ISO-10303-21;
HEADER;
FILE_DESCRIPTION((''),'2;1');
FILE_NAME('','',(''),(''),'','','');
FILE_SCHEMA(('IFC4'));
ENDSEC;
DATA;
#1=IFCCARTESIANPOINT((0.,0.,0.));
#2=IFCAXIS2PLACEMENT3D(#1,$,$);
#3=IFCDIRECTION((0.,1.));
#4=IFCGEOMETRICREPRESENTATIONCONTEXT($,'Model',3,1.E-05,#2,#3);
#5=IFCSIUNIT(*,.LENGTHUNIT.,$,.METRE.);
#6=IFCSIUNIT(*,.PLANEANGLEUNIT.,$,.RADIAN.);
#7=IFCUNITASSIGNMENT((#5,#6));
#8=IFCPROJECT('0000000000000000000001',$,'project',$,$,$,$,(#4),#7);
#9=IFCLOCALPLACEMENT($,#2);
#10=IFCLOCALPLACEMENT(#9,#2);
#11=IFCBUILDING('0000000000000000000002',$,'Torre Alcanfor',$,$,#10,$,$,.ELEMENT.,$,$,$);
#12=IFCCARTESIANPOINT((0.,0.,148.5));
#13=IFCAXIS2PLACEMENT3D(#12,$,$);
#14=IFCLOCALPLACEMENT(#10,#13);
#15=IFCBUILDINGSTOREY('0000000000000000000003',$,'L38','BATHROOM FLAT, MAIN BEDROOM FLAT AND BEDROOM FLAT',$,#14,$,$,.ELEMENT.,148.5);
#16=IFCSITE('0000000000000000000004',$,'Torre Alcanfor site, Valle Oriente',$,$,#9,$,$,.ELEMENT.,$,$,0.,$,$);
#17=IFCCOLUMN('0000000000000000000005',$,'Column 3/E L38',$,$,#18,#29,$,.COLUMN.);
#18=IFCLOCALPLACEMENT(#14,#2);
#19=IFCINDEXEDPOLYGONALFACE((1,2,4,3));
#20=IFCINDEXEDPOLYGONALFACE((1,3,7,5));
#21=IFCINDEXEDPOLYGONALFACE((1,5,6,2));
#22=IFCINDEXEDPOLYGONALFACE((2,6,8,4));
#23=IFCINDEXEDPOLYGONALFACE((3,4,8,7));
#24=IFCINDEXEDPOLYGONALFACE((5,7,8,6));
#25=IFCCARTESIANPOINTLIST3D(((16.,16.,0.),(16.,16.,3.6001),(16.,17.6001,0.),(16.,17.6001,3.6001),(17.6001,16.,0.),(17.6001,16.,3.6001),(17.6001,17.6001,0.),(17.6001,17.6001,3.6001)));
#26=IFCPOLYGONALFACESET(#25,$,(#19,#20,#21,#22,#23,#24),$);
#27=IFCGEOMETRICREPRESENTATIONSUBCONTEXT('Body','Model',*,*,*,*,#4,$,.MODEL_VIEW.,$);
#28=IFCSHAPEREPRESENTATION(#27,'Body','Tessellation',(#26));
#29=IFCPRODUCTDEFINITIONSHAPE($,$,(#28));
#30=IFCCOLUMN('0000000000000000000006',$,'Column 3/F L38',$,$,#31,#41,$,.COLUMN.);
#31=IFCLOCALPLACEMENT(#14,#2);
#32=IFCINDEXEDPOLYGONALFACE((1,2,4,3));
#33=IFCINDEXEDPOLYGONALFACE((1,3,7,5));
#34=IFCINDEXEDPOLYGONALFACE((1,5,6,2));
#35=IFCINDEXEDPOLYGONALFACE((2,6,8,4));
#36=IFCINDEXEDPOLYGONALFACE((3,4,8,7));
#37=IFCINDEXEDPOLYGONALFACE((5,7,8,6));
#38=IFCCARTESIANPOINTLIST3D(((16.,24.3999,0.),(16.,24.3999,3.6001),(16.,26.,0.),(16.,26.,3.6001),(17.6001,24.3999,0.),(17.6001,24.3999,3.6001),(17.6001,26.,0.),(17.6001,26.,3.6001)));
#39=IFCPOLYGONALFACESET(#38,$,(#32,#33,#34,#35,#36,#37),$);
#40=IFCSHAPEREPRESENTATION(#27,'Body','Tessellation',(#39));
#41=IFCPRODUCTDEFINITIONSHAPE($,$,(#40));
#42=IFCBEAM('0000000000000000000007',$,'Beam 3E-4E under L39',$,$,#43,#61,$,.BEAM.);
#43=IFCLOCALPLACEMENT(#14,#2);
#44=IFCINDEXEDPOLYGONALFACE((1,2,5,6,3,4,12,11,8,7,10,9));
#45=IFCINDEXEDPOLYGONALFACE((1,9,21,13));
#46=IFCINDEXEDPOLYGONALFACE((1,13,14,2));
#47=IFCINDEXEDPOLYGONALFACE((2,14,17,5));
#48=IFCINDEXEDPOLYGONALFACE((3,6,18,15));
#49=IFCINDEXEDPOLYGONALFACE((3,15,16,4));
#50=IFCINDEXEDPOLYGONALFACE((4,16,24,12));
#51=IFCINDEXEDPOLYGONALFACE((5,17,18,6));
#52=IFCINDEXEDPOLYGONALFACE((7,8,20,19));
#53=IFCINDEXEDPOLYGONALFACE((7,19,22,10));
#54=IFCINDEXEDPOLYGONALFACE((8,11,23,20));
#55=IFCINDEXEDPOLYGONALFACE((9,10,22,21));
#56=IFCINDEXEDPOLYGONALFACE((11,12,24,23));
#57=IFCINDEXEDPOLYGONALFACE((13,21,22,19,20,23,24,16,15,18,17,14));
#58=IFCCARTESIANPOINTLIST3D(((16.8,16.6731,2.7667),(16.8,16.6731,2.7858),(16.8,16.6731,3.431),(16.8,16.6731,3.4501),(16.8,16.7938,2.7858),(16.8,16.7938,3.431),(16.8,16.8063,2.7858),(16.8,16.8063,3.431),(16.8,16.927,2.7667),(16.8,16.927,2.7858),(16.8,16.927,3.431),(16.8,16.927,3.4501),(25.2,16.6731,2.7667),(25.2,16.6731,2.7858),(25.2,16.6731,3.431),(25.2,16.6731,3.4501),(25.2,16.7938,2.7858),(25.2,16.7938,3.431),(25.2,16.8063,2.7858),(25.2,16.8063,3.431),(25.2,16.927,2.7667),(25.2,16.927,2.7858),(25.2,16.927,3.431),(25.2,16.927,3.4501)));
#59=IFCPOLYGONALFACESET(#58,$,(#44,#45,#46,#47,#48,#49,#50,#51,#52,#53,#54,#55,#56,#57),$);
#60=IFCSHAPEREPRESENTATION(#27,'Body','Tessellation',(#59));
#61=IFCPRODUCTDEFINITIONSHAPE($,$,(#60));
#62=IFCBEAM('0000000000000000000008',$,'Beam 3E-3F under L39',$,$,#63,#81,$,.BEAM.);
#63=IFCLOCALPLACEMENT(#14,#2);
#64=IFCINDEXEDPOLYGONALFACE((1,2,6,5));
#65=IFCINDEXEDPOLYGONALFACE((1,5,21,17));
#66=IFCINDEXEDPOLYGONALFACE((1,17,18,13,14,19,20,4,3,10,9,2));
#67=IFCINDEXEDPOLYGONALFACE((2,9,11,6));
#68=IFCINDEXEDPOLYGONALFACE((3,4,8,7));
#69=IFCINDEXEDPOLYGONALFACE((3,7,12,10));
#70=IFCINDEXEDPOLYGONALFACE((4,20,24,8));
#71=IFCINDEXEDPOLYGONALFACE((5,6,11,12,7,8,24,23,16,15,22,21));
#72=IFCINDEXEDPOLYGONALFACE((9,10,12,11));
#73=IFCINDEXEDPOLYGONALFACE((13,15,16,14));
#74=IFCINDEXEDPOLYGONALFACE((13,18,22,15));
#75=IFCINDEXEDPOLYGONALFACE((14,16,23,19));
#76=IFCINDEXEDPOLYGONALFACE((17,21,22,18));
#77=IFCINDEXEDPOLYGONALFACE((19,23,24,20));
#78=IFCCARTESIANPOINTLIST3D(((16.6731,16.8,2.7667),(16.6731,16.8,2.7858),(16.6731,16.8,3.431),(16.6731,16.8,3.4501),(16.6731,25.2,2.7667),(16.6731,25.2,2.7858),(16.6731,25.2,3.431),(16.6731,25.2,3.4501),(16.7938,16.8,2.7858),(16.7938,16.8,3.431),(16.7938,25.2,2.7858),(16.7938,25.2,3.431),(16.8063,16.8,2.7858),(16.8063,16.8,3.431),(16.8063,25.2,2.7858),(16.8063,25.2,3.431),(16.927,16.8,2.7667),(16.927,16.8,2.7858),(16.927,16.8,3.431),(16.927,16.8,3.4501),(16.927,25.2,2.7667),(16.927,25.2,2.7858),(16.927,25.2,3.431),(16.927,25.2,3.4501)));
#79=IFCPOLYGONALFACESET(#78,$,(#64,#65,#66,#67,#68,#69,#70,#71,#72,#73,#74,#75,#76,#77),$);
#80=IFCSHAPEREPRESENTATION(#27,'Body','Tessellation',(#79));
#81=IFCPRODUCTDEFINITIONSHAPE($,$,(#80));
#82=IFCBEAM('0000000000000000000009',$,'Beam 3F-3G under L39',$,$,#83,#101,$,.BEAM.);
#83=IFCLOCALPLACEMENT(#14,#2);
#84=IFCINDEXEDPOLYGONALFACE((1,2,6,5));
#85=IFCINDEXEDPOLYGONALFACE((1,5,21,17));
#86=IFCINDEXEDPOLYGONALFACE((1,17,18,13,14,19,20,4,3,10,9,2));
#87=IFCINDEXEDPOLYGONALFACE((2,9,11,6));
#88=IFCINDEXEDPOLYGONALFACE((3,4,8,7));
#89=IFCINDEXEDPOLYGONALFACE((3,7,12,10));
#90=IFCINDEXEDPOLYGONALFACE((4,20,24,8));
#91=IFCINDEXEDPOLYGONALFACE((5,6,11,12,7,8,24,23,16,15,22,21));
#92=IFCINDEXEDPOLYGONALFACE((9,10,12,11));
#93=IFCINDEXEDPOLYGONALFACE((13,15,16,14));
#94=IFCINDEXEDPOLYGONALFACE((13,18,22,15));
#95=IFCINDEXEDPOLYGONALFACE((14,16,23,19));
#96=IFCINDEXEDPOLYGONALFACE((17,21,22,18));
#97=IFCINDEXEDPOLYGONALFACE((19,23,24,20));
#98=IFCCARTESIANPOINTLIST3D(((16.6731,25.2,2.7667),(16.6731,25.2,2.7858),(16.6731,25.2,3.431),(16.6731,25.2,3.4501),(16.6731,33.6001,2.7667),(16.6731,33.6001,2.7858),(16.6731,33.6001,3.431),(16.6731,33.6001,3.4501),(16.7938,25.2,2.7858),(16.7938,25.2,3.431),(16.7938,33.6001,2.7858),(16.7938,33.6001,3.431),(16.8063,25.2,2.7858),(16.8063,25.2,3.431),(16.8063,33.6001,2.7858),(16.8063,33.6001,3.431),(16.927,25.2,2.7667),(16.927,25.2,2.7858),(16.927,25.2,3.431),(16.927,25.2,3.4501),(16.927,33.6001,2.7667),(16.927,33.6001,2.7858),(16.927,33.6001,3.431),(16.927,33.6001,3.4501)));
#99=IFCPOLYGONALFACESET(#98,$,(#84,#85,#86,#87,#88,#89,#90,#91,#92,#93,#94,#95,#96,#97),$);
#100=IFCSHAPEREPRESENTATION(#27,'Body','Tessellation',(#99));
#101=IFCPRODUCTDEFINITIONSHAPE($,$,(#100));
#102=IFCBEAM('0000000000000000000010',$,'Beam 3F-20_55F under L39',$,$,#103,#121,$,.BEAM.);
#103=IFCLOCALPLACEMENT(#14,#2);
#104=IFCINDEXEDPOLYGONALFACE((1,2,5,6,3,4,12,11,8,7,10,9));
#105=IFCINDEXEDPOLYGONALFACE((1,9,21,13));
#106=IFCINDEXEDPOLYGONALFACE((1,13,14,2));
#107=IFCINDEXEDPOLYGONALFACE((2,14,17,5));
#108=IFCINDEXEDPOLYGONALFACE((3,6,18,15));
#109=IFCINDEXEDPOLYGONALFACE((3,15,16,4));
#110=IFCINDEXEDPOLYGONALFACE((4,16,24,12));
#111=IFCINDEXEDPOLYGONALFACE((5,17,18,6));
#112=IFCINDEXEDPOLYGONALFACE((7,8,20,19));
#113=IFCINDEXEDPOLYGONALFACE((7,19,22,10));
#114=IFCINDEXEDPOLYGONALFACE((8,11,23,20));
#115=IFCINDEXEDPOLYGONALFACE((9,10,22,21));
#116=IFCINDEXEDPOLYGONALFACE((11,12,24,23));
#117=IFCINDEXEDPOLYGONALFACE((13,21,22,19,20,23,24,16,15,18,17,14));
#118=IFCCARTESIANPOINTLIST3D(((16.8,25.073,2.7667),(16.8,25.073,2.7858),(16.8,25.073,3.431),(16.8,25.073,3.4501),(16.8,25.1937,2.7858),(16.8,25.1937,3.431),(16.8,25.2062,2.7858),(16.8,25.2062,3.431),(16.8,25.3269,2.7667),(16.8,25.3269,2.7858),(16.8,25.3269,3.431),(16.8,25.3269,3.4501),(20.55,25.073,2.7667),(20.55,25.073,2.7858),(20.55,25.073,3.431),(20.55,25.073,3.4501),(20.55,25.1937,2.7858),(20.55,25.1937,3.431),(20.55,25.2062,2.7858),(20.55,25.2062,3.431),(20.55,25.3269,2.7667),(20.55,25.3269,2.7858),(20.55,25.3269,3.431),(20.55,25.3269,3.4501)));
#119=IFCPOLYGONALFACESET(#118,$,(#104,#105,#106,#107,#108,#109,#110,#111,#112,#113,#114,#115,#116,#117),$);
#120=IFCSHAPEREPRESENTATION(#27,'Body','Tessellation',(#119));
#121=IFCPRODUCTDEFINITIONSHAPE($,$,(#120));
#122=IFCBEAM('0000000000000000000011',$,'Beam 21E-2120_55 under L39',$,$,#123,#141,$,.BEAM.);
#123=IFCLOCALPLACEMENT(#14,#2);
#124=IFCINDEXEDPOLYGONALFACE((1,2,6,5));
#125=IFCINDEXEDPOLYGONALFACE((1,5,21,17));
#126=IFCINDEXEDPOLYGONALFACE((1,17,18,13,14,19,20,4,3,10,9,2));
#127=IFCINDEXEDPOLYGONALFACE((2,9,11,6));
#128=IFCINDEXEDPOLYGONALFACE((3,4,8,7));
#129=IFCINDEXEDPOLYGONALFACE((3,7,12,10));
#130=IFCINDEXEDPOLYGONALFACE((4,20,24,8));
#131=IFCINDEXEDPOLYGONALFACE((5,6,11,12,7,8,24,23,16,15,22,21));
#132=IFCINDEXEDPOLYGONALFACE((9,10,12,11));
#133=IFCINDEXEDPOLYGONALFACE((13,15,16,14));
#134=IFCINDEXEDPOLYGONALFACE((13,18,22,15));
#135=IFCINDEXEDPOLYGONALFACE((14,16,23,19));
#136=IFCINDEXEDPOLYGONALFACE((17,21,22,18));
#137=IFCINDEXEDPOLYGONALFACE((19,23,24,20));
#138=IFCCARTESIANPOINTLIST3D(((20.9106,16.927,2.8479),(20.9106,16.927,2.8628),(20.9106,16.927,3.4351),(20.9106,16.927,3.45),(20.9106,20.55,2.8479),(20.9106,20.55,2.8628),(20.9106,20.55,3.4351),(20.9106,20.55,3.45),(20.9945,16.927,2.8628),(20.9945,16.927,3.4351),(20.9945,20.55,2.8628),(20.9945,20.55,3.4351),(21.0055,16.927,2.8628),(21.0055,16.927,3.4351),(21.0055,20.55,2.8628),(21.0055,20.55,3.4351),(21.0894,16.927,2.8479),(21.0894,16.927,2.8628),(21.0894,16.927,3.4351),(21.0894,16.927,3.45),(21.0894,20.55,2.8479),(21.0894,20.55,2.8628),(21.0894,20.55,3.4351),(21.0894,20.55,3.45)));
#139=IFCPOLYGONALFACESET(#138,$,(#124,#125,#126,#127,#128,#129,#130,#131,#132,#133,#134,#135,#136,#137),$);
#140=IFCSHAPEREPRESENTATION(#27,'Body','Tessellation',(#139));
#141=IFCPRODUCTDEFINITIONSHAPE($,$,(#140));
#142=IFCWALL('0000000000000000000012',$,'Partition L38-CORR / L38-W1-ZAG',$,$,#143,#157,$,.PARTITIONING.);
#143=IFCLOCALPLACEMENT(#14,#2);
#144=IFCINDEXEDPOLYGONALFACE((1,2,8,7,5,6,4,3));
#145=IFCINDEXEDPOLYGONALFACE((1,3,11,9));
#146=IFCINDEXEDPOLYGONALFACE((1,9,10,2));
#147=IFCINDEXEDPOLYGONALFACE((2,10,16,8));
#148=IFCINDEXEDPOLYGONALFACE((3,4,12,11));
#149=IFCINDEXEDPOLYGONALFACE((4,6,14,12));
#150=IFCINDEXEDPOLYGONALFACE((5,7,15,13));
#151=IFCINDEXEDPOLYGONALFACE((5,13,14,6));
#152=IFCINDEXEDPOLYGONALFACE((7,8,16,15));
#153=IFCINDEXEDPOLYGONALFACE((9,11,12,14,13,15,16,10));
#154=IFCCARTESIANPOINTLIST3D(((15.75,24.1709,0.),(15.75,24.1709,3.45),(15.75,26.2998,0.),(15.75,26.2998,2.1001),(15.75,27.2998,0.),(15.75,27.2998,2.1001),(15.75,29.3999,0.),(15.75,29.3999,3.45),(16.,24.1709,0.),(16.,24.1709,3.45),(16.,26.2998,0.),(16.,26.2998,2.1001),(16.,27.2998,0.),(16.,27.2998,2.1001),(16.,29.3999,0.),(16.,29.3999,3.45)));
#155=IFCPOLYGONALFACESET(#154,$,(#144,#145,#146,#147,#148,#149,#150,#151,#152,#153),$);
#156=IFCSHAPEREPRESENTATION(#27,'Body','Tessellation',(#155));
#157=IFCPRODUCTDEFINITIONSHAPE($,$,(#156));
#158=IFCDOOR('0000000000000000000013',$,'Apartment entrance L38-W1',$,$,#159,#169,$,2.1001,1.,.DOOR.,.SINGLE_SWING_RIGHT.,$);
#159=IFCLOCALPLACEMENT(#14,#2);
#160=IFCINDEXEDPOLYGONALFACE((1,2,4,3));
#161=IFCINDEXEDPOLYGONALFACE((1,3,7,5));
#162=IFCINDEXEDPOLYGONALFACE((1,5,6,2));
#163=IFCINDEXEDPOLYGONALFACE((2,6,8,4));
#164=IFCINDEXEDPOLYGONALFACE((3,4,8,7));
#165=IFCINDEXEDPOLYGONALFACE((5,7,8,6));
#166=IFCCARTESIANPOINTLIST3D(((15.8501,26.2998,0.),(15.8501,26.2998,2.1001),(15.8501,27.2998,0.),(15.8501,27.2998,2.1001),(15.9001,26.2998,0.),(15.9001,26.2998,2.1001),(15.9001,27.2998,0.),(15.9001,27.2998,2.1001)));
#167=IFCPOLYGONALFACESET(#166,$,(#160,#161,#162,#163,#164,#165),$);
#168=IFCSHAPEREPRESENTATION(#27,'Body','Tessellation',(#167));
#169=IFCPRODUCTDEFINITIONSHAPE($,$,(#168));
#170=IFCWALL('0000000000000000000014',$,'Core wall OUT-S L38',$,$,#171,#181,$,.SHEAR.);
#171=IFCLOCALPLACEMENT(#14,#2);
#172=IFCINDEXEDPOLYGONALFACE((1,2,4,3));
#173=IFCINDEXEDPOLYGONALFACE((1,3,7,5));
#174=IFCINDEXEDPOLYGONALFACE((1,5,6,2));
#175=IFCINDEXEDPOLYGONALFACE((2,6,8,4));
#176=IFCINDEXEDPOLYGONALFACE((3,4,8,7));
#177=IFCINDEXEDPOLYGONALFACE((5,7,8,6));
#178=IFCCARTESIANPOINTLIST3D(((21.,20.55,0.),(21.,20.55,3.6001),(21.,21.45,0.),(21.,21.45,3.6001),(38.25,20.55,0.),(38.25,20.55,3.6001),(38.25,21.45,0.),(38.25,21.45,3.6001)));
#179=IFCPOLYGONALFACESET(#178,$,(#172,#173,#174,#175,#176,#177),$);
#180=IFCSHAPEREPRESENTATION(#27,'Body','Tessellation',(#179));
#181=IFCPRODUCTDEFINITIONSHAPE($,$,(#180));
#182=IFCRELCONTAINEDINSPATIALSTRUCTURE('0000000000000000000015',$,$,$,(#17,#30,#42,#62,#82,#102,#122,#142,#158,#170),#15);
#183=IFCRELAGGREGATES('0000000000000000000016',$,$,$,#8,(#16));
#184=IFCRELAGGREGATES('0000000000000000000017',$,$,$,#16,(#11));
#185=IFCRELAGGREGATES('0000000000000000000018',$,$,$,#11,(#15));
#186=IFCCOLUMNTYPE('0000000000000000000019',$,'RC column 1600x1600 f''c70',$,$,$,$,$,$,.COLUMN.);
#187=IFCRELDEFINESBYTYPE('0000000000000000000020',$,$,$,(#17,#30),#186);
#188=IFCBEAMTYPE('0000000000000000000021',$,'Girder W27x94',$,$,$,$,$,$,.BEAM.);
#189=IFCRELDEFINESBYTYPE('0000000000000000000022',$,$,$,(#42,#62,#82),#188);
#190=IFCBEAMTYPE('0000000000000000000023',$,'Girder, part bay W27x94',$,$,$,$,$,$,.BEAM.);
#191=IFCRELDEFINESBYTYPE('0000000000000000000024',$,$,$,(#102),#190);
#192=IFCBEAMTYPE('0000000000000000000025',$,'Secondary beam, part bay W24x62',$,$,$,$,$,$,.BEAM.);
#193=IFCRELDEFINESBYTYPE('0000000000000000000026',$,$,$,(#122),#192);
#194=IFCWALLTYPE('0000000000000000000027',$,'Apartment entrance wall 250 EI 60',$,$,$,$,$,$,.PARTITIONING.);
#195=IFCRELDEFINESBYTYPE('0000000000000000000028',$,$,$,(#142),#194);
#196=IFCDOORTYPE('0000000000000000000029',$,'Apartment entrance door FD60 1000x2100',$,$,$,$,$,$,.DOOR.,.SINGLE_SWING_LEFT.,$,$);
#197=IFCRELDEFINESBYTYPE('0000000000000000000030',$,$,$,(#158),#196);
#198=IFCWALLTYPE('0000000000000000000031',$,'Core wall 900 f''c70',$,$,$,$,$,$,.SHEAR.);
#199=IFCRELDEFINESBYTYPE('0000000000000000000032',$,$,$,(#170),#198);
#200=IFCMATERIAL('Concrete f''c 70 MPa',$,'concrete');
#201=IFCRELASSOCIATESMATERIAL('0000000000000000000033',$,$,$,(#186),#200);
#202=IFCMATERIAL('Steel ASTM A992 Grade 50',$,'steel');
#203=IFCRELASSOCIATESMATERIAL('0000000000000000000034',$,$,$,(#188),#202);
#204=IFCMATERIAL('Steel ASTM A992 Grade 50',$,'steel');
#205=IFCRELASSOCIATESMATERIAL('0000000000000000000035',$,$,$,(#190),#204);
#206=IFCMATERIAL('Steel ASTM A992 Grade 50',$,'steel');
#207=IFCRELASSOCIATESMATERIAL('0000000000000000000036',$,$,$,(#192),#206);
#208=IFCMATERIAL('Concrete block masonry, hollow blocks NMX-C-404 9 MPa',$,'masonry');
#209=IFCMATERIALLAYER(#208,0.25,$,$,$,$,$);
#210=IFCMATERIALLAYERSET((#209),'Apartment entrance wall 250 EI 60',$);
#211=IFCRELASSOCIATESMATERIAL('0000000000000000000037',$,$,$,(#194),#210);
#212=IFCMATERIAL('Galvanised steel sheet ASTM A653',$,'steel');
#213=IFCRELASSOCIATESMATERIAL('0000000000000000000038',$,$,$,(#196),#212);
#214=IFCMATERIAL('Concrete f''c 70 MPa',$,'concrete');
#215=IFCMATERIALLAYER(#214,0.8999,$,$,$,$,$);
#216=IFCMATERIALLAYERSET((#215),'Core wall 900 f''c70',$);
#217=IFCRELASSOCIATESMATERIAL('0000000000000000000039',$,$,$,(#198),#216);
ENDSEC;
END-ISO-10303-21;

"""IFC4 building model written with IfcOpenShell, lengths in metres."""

from ifc_helpers import new_model, si_unit, direction, frame, frame_2d, origin, origin_2d, place, context, subcontext, project, spatial, rectangle, i_section, extrude, material, layer, layer_set, material_profile, profile_set, type_object, element, fill, save


model = new_model("IFC4")

# Units and contexts
model_context = context("Model", 3, precision=1e-05, world=origin(), true_north=direction((0.0, 1.0)))
body_context = subcontext(model_context, "Body", "Model", "MODEL_VIEW")
ifc_project = project(units=[si_unit("LENGTHUNIT", "METRE"), si_unit("PLANEANGLEUNIT", "RADIAN")], contexts=[model_context])

# Site, building, storey
site_placement = place(None, origin())
site = spatial("IfcSite", under=ifc_project, at=site_placement, Name="Torre Alcanfor site, Valle Oriente", CompositionType="ELEMENT", RefElevation=0.0)
building_placement = place(site_placement, origin())
building = spatial("IfcBuilding", under=site, at=building_placement, Name="Torre Alcanfor", CompositionType="ELEMENT")
storey_placement = place(building_placement, frame((0.0, 0.0, 148.5)))
storey = spatial("IfcBuildingStorey", under=building, at=storey_placement, Name="L38", Description="BATHROOM FLAT, MAIN BEDROOM FLAT AND BEDROOM FLAT", CompositionType="ELEMENT", Elevation=148.5)

# Columns
ifc_material_1 = material(Name="Concrete f'c 70 MPa", Category="concrete")
ifc_material_profile_1 = material_profile(ifc_material_1, rectangle(XDim=1.6001, YDim=1.6001, at=origin_2d()), Name="1600x1600")
ifc_profile_set_1 = profile_set([ifc_material_profile_1], Name="Concrete f'c 70 MPa")
column_type = type_object("IfcColumnType", Name="RC column 1600x1600 f'c70", PredefinedType="COLUMN", material=ifc_profile_set_1)
for number, where, z_axis, x_axis, name in (
    (1, (16.8, 16.8, 0.0), (0.0, 0.0, 1.0), (1.0, 0.0, 0.0), "Column 3/E L38"),
    (2, (16.8, 25.2, 0.0), (0.0, 0.0, 1.0), (1.0, 0.0, 0.0), "Column 3/F L38"),
):
    element("IfcColumn", number, at=place(storey_placement, frame(where, z_axis=z_axis, x_axis=x_axis)), inside=storey, type_object=column_type, Name=name, PredefinedType="COLUMN", context=body_context, shape_type="SweptSolid", body=[
        extrude(rectangle(XDim=1.6001, YDim=1.6001, at=origin_2d()), origin(), (0.0, 0.0, 1.0), 3.6001),
    ])

# Beams
ifc_material_2 = material(Name="Steel ASTM A992 Grade 50", Category="steel")
ifc_material_profile_2 = material_profile(ifc_material_2, i_section(OverallWidth=0.2539, OverallDepth=0.6833, WebThickness=0.0125, FlangeThickness=0.019, at=origin_2d()), Name="W27x94")
ifc_profile_set_2 = profile_set([ifc_material_profile_2], Name="Steel ASTM A992 Grade 50")
beam_type_1 = type_object("IfcBeamType", Name="Girder W27x94", PredefinedType="BEAM", material=ifc_profile_set_2)
for number, where, z_axis, x_axis, name in (
    (3, (16.8, 16.8, 3.1084), (1.0, 0.0, 0.0), (0.0, 1.0, 0.0), "Beam 3E-4E under L39"),
    (4, (16.8, 16.8, 3.1084), (0.0, 1.0, 0.0), (-1.0, 0.0, 0.0), "Beam 3E-3F under L39"),
):
    element("IfcBeam", number, at=place(storey_placement, frame(where, z_axis=z_axis, x_axis=x_axis)), inside=storey, type_object=beam_type_1, Name=name, PredefinedType="BEAM", context=body_context, shape_type="SweptSolid", body=[
        extrude(i_section(OverallWidth=0.2539, OverallDepth=0.6833, WebThickness=0.0125, FlangeThickness=0.019, at=origin_2d()), origin(), (0.0, 0.0, 1.0), 8.3999),
    ])
beam_1_placement = place(storey_placement, frame((16.8, 25.2, 3.1084), z_axis=(0.0, 1.0, 0.0), x_axis=(-1.0, 0.0, 0.0)))
element("IfcBeam", 5, at=beam_1_placement, inside=storey, type_object=beam_type_1, Name="Beam 3F-3G under L39", PredefinedType="BEAM", context=body_context, shape_type="SweptSolid", body=[
    extrude(i_section(OverallWidth=0.2539, OverallDepth=0.6833, WebThickness=0.0125, FlangeThickness=0.019, at=origin_2d()), origin(), (0.0, 0.0, 1.0), 8.4001),
])
ifc_material_3 = material(Name="Steel ASTM A992 Grade 50", Category="steel")
ifc_material_profile_3 = material_profile(ifc_material_3, i_section(OverallWidth=0.2539, OverallDepth=0.6833, WebThickness=0.0125, FlangeThickness=0.019, at=origin_2d()), Name="W27x94")
ifc_profile_set_3 = profile_set([ifc_material_profile_3], Name="Steel ASTM A992 Grade 50")
beam_type_2 = type_object("IfcBeamType", Name="Girder, part bay W27x94", PredefinedType="BEAM", material=ifc_profile_set_3)
beam_2_placement = place(storey_placement, frame((16.8, 25.2, 3.1084), z_axis=(1.0, 0.0, 0.0), x_axis=(0.0, 1.0, 0.0)))
element("IfcBeam", 6, at=beam_2_placement, inside=storey, type_object=beam_type_2, Name="Beam 3F-20_55F under L39", PredefinedType="BEAM", context=body_context, shape_type="SweptSolid", body=[
    extrude(i_section(OverallWidth=0.2539, OverallDepth=0.6833, WebThickness=0.0125, FlangeThickness=0.019, at=origin_2d()), origin(), (0.0, 0.0, 1.0), 3.75),
])
ifc_material_4 = material(Name="Steel ASTM A992 Grade 50", Category="steel")
ifc_material_profile_4 = material_profile(ifc_material_4, i_section(OverallWidth=0.1787, OverallDepth=0.6021, WebThickness=0.011, FlangeThickness=0.0149, at=origin_2d()), Name="W24x62")
ifc_profile_set_4 = profile_set([ifc_material_profile_4], Name="Steel ASTM A992 Grade 50")
beam_type_3 = type_object("IfcBeamType", Name="Secondary beam, part bay W24x62", PredefinedType="BEAM", material=ifc_profile_set_4)
beam_3_placement = place(storey_placement, frame((21.0, 16.927, 3.1489), z_axis=(0.0, 1.0, 0.0), x_axis=(-1.0, 0.0, 0.0)))
element("IfcBeam", 7, at=beam_3_placement, inside=storey, type_object=beam_type_3, Name="Beam 21E-2120_55 under L39", PredefinedType="BEAM", context=body_context, shape_type="SweptSolid", body=[
    extrude(i_section(OverallWidth=0.1787, OverallDepth=0.6021, WebThickness=0.011, FlangeThickness=0.0149, at=origin_2d()), origin(), (0.0, 0.0, 1.0), 3.623),
])

# Wall, opening, door
ifc_material_5 = material(Name="Concrete block masonry, hollow blocks NMX-C-404 9 MPa", Category="masonry")
ifc_layer_1 = layer(ifc_material_5, 0.25)
ifc_layer_set_1 = layer_set([ifc_layer_1], Name="Apartment entrance wall 250 EI 60")
wall_type_1 = type_object("IfcWallType", Name="Apartment entrance wall 250 EI 60", PredefinedType="PARTITIONING", material=ifc_layer_set_1)
wall_1_placement = place(storey_placement, frame((15.875, 24.1709, 0.0), z_axis=(0.0, 0.0, 1.0), x_axis=(0.0, 1.0, 0.0)))
wall_1 = element("IfcWall", 8, at=wall_1_placement, inside=storey, type_object=wall_type_1, Name="Partition L38-CORR / L38-W1-ZAG", PredefinedType="PARTITIONING", context=body_context, shape_type="SweptSolid", body=[
    extrude(rectangle(XDim=5.229, YDim=0.25, at=frame_2d((2.6145, 0.0))), origin(), (0.0, 0.0, 1.0), 3.45),
])
opening_1_placement = place(wall_1_placement, frame((2.1289, 0.0, 0.0)))
opening_1 = element("IfcOpeningElement", 9, at=opening_1_placement, cuts=wall_1, PredefinedType="OPENING", context=body_context, shape_type="SweptSolid", body=[
    extrude(rectangle(XDim=1.0, YDim=2.1001, at=frame_2d((0.5, 1.05))), frame((0.0, 0.135, 0.0), z_axis=(0.0, -1.0, 0.0), x_axis=(1.0, 0.0, 0.0)), (0.0, 0.0, 1.0), 0.27),
])
ifc_material_6 = material(Name="Galvanised steel sheet ASTM A653", Category="steel")
door_type_1 = type_object("IfcDoorType", Name="Apartment entrance door FD60 1000x2100", OperationType="SINGLE_SWING_LEFT", PredefinedType="DOOR", material=ifc_material_6)
door_1_placement = place(opening_1_placement, origin())
door_1 = element("IfcDoor", 10, at=door_1_placement, inside=storey, type_object=door_type_1, Name="Apartment entrance L38-W1", OperationType="SINGLE_SWING_RIGHT", OverallHeight=2.1001, OverallWidth=1.0, PredefinedType="DOOR", context=body_context, shape_type="SweptSolid", body=[
    extrude(rectangle(XDim=1.0, YDim=2.1001, at=frame_2d((0.5, 1.05))), frame((0.0, 0.0249, 0.0), z_axis=(0.0, -1.0, 0.0), x_axis=(1.0, 0.0, 0.0)), (0.0, 0.0, 1.0), 0.05),
])
fill(opening_1, door_1)

# Wall
ifc_material_7 = material(Name="Concrete f'c 70 MPa", Category="concrete")
ifc_layer_2 = layer(ifc_material_7, 0.8999)
ifc_layer_set_2 = layer_set([ifc_layer_2], Name="Core wall 900 f'c70")
wall_type_2 = type_object("IfcWallType", Name="Core wall 900 f'c70", PredefinedType="SHEAR", material=ifc_layer_set_2)
wall_2_placement = place(storey_placement, frame((21.0, 21.0, 0.0), z_axis=(0.0, 0.0, 1.0), x_axis=(1.0, 0.0, 0.0)))
element("IfcWall", 11, at=wall_2_placement, inside=storey, type_object=wall_type_2, Name="Core wall OUT-S L38", PredefinedType="SHEAR", context=body_context, shape_type="SweptSolid", body=[
    extrude(rectangle(XDim=17.25, YDim=0.8999, at=frame_2d((8.625, 0.0))), origin(), (0.0, 0.0, 1.0), 3.6001),
])

save(model, "model.ifc")
